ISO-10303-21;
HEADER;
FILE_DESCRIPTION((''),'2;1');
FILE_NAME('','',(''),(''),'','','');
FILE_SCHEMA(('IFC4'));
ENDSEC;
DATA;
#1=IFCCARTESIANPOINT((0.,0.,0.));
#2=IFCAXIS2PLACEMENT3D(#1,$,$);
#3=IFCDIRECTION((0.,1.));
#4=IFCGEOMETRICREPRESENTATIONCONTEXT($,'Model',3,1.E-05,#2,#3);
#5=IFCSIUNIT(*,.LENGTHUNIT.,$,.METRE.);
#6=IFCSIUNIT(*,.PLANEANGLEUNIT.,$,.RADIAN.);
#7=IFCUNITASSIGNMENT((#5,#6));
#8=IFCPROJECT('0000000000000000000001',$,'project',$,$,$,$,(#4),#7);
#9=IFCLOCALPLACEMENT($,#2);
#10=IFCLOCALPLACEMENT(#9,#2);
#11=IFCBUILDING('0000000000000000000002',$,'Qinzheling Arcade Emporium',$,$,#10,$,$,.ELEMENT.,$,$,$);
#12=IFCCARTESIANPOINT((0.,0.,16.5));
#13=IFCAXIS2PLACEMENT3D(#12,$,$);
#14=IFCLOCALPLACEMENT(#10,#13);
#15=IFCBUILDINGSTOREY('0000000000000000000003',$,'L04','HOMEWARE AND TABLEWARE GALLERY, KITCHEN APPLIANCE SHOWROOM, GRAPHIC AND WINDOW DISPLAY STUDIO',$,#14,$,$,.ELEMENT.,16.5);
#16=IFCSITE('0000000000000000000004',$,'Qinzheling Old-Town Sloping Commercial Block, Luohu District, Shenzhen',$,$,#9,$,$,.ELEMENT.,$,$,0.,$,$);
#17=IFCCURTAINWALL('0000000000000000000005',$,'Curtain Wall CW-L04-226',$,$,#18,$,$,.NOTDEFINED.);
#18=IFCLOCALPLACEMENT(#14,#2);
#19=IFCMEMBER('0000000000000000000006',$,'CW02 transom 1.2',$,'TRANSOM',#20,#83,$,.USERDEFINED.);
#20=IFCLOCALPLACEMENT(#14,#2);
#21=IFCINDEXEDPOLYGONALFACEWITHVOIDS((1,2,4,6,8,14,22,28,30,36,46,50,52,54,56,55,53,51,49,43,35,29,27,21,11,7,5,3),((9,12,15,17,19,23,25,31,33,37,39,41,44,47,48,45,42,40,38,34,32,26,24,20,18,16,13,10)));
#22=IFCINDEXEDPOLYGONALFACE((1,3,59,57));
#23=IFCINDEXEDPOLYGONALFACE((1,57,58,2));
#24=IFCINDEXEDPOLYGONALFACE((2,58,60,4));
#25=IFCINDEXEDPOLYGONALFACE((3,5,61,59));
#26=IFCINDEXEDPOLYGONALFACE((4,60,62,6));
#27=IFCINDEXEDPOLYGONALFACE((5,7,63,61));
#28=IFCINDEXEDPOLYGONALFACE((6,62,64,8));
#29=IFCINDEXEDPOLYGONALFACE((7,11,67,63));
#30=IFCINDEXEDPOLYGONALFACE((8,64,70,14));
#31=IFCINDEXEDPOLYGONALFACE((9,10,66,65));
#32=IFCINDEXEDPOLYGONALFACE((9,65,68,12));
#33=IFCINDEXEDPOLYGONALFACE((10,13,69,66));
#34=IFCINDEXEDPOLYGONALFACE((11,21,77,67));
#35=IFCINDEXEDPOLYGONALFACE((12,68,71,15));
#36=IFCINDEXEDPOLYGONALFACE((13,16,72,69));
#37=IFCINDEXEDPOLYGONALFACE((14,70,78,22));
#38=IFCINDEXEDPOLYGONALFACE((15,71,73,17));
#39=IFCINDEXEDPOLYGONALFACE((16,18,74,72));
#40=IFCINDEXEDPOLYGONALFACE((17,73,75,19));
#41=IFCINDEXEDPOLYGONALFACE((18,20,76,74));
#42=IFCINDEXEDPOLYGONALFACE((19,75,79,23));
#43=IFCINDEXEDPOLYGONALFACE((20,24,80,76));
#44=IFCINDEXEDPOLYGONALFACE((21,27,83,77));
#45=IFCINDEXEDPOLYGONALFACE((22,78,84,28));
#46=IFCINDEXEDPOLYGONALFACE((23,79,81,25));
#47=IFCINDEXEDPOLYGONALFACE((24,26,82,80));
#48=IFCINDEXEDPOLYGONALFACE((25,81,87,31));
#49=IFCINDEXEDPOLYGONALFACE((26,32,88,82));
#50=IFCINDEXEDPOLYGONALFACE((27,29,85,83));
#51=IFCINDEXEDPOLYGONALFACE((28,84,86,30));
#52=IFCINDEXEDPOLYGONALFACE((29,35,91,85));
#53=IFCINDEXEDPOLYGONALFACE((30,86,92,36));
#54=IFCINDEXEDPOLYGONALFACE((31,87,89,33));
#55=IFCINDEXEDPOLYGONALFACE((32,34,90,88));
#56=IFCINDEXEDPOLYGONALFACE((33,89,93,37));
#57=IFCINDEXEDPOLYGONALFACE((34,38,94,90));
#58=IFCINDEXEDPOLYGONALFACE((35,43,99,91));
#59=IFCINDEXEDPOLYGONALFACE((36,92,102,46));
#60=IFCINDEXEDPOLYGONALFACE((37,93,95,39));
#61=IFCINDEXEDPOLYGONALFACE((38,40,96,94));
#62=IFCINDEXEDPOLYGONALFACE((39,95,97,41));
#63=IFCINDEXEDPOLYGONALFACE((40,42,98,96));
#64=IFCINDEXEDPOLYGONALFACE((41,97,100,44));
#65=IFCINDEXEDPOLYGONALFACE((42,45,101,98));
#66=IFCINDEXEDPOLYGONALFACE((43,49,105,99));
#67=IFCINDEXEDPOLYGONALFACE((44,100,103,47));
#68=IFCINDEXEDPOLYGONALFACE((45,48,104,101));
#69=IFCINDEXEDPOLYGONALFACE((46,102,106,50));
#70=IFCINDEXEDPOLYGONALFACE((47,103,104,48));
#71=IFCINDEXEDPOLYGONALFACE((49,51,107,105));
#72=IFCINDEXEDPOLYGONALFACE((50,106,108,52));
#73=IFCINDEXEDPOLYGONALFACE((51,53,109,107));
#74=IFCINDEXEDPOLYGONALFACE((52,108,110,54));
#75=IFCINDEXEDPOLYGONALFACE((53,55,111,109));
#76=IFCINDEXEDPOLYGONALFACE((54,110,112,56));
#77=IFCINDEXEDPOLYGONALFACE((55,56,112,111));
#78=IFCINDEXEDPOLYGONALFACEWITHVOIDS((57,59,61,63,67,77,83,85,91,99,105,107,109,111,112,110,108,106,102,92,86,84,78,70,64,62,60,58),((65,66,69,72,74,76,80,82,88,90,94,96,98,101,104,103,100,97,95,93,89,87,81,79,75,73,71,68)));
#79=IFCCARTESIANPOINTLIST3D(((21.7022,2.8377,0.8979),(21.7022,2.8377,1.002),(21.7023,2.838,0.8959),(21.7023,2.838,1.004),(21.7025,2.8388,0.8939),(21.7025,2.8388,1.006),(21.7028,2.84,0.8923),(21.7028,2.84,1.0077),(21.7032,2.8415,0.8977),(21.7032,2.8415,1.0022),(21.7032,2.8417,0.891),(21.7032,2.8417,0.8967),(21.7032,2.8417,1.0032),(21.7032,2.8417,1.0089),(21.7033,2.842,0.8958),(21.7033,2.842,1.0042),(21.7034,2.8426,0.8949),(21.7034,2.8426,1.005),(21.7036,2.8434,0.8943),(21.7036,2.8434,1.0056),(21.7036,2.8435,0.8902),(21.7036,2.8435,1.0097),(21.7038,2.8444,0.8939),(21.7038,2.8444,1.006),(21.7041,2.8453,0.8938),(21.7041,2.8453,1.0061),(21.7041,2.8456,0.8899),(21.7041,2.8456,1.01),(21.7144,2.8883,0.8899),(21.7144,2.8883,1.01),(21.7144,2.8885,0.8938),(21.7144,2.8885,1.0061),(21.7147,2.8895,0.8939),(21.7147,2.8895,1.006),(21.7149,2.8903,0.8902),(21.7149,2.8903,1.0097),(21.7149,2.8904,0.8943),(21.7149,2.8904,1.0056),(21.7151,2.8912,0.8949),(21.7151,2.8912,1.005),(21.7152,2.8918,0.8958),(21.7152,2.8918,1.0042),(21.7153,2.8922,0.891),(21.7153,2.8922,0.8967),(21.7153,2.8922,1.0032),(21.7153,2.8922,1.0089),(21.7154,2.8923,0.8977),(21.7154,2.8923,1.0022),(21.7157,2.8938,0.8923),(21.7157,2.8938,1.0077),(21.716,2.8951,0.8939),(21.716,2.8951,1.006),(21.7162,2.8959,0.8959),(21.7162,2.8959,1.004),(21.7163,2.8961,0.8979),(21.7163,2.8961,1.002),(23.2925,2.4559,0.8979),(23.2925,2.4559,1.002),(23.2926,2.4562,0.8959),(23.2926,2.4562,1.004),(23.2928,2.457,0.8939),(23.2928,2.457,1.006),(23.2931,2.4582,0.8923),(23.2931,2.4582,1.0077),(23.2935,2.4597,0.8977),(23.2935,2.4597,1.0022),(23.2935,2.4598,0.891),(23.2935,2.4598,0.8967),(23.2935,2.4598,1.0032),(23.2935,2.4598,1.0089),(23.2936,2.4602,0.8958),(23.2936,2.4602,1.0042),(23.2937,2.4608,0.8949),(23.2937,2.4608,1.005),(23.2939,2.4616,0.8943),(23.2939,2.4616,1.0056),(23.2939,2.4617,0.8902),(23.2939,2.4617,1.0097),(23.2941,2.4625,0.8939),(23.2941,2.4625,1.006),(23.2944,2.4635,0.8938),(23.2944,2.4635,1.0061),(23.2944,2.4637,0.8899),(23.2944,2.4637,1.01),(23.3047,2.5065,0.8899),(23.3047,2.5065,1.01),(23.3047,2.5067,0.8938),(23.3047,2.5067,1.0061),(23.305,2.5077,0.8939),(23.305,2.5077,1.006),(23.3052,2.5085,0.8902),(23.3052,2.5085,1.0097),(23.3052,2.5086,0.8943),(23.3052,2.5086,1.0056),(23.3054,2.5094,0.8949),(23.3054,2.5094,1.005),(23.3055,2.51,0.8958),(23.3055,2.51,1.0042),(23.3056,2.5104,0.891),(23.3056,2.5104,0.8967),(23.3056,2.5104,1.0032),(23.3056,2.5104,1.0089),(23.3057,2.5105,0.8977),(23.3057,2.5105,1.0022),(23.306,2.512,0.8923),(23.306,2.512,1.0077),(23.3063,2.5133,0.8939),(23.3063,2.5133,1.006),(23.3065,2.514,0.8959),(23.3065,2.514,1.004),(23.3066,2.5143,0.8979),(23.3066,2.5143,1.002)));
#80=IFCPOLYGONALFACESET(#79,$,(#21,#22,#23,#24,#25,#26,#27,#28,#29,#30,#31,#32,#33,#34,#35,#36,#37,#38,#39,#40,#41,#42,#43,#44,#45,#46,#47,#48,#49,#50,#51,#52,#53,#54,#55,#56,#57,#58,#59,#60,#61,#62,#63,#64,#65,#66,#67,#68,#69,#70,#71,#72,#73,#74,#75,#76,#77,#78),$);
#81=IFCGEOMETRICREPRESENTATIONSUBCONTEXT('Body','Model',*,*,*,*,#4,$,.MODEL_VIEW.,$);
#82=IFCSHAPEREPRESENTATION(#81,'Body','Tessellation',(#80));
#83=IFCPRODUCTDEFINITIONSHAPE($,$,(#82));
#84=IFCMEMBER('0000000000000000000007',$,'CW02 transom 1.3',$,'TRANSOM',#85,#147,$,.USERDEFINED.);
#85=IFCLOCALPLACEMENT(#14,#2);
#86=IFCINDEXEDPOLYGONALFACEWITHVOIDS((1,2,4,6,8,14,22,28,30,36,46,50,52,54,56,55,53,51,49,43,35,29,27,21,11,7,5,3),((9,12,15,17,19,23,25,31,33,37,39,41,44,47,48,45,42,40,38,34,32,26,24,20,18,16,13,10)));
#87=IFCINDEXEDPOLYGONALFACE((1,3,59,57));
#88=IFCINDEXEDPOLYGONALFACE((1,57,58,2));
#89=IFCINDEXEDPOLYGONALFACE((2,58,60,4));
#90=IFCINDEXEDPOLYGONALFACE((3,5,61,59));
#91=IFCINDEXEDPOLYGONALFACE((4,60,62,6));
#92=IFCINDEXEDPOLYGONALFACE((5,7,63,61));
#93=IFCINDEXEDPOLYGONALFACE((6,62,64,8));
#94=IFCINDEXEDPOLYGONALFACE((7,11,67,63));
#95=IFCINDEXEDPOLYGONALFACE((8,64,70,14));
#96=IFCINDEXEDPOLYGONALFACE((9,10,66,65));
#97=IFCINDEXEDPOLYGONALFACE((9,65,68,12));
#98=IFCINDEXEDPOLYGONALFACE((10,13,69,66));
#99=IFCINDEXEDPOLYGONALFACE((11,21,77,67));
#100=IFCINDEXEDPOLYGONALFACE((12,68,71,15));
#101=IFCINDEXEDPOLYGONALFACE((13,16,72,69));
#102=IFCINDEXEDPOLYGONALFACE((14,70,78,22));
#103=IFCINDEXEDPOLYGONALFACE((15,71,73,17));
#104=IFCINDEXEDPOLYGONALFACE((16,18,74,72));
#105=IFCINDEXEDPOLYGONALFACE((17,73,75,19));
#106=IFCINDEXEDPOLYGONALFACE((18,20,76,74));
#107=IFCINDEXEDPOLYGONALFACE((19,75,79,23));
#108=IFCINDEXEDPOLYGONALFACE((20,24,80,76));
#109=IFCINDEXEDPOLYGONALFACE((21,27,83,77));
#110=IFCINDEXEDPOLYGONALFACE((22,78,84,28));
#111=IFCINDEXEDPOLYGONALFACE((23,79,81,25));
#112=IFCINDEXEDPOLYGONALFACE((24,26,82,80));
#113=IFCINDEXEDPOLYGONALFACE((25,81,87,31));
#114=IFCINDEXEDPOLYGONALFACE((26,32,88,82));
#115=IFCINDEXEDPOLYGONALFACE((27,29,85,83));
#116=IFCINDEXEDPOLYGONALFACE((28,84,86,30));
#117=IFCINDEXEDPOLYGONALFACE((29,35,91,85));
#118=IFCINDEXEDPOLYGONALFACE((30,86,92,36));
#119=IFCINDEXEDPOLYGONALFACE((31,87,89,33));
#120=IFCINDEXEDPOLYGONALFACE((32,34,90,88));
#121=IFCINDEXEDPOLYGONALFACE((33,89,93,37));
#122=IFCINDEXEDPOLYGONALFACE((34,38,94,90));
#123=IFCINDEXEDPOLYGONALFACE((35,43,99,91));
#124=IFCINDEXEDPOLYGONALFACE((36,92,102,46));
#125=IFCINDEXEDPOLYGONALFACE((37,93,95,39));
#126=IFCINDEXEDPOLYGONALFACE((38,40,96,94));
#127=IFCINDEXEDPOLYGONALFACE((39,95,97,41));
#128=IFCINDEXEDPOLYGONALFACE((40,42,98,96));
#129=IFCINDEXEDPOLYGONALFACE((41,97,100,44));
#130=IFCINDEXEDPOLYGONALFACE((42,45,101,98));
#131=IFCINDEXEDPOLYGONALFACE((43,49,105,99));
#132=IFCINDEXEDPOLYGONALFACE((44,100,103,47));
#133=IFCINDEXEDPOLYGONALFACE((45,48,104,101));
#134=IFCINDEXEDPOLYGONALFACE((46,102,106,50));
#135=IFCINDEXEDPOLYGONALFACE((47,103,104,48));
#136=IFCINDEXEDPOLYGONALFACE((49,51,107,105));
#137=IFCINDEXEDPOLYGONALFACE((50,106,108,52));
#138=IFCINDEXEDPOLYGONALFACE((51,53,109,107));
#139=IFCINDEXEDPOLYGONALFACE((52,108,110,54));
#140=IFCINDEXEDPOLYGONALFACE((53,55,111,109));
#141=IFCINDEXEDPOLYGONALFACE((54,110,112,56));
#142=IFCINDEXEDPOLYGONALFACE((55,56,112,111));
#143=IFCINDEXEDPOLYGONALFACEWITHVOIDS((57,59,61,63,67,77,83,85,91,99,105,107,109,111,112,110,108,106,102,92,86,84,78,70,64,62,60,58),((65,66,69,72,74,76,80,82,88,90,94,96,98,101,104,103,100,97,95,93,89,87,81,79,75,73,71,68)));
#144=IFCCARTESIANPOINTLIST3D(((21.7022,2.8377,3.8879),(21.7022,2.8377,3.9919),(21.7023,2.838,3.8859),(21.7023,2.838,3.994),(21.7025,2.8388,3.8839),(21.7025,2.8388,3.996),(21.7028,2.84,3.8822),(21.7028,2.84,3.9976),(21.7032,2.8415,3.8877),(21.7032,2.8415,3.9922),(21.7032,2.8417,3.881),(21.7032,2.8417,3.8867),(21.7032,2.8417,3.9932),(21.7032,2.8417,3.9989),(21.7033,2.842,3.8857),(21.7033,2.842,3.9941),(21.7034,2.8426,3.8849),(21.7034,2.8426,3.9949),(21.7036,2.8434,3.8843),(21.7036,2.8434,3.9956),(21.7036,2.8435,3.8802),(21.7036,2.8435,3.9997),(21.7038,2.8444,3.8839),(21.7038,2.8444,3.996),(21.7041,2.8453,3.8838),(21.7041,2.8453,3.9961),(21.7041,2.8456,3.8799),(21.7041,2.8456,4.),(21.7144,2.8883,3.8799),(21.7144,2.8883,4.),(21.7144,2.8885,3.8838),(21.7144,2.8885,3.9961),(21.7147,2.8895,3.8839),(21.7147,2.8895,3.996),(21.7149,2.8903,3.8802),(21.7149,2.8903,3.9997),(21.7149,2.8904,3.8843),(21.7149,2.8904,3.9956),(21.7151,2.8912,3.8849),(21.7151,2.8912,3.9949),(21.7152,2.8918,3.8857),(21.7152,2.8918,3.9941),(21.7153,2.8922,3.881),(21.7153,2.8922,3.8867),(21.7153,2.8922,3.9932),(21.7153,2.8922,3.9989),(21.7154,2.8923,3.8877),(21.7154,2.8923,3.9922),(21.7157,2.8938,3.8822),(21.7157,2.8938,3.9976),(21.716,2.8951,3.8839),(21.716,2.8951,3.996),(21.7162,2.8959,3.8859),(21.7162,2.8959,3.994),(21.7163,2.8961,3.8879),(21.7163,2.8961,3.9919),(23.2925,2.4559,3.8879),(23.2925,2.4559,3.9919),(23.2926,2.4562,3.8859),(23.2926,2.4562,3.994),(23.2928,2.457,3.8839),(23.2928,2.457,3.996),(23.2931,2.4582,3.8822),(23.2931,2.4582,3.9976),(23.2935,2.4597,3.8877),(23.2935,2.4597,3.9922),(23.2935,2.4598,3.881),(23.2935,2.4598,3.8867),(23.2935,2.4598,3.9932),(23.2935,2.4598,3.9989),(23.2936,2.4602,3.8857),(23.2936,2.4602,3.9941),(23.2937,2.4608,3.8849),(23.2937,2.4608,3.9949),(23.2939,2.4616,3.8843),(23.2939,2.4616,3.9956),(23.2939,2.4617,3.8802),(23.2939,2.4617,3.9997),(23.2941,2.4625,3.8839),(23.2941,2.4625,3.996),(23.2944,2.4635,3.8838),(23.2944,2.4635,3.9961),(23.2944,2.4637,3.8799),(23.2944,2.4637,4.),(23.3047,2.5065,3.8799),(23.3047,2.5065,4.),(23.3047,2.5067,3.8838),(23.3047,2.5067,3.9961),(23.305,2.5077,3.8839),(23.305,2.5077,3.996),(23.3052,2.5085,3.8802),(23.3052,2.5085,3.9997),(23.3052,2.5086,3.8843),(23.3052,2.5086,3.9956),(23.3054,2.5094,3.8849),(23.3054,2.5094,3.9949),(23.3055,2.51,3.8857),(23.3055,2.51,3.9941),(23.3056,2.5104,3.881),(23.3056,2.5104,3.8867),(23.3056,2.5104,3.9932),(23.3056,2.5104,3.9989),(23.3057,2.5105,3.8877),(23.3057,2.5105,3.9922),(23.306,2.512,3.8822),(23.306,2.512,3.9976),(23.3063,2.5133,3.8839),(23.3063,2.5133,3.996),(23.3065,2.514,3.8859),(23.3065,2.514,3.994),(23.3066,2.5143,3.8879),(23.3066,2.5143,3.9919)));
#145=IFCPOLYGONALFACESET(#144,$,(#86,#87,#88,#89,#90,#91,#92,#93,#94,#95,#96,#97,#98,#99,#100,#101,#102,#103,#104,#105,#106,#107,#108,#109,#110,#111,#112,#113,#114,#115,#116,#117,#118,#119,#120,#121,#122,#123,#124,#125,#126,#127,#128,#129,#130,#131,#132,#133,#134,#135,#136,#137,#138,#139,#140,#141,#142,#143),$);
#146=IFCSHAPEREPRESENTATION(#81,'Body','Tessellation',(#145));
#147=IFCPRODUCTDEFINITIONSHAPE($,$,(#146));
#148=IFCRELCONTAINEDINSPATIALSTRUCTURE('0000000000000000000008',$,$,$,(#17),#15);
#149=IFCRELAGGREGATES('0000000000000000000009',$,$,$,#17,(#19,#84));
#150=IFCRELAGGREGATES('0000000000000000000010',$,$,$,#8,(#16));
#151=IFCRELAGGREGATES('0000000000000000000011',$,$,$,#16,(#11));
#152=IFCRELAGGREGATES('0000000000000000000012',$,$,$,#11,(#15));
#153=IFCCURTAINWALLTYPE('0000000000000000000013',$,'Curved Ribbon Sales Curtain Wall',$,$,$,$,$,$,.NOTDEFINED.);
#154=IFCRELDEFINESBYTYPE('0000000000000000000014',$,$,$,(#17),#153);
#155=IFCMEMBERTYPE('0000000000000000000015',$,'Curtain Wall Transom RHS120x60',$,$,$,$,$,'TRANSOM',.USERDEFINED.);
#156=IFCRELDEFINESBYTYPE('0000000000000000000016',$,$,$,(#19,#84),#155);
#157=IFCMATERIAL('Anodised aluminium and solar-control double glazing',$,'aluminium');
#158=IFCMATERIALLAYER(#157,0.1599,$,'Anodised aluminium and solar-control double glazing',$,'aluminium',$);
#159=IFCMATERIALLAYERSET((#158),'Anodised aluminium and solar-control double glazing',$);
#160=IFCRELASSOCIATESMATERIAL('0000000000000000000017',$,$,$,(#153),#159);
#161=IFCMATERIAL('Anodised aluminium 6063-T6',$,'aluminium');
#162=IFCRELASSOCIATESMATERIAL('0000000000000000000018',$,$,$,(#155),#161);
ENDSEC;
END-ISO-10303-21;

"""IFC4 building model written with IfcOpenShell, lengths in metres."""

from ifc_helpers import new_model, si_unit, direction, frame, origin, origin_2d, place, context, subcontext, project, spatial, hollow_rectangle, extrude, material, layer, layer_set, material_profile, profile_set, type_object, element, aggregate, save


model = new_model("IFC4")

# Units and contexts
model_context = context("Model", 3, precision=1e-05, world=origin(), true_north=direction((0.0, 1.0)))
body_context = subcontext(model_context, "Body", "Model", "MODEL_VIEW")
ifc_project = project(units=[si_unit("LENGTHUNIT", "METRE"), si_unit("PLANEANGLEUNIT", "RADIAN")], contexts=[model_context])

# Site, building, storey
site_placement = place(None, origin())
site = spatial("IfcSite", under=ifc_project, at=site_placement, Name="Qinzheling Old-Town Sloping Commercial Block, Luohu District, Shenzhen", CompositionType="ELEMENT", RefElevation=0.0)
building_placement = place(site_placement, origin())
building = spatial("IfcBuilding", under=site, at=building_placement, Name="Qinzheling Arcade Emporium", CompositionType="ELEMENT")
storey_placement = place(building_placement, frame((0.0, 0.0, 16.5)))
storey = spatial("IfcBuildingStorey", under=building, at=storey_placement, Name="L04", Description="HOMEWARE AND TABLEWARE GALLERY, KITCHEN APPLIANCE SHOWROOM, GRAPHIC AND WINDOW DISPLAY STUDIO", CompositionType="ELEMENT", Elevation=16.5)

# Curtain wall
ifc_material_1 = material(Name="Anodised aluminium and solar-control double glazing", Category="aluminium")
ifc_layer_1 = layer(ifc_material_1, 0.1599, Name="Anodised aluminium and solar-control double glazing", Category="aluminium")
ifc_layer_set_1 = layer_set([ifc_layer_1], Name="Anodised aluminium and solar-control double glazing")
curtain_wall_type = type_object("IfcCurtainWallType", Name="Curved Ribbon Sales Curtain Wall", PredefinedType="NOTDEFINED", material=ifc_layer_set_1)
ifc_material_2 = material(Name="Anodised aluminium 6063-T6", Category="aluminium")
curtain_wall_1_placement = place(storey_placement, origin())
curtain_wall_1 = element("IfcCurtainWall", 1, at=curtain_wall_1_placement, inside=storey, type_object=curtain_wall_type, Name="Curtain Wall CW-L04-226", PredefinedType="NOTDEFINED")

# Members
ifc_material_profile_1 = material_profile(ifc_material_2, hollow_rectangle(XDim=0.0601, YDim=0.1201, WallThickness=0.0039, InnerFilletRadius=0.0039, OuterFilletRadius=0.0081, at=origin_2d()), Name="RHS 120x60x4", Category="aluminium")
ifc_profile_set_1 = profile_set([ifc_material_profile_1], Name="Anodised aluminium 6063-T6")
member_type_1 = type_object("IfcMemberType", Name="Curtain Wall Transom RHS120x60", ElementType="TRANSOM", PredefinedType="USERDEFINED", material=ifc_profile_set_1)
member_1_placement = place(storey_placement, frame((23.2996, 2.4851, 0.95), z_axis=(-0.972366, 0.233463, 0.0), x_axis=(-0.233463, -0.972366, 0.0)))
member_1 = element("IfcMember", 2, at=member_1_placement, type_object=member_type_1, Name="CW02 transom 1.2", ObjectType="TRANSOM", PredefinedType="USERDEFINED", context=body_context, shape_type="SweptSolid", body=[
    extrude(hollow_rectangle(XDim=0.0601, YDim=0.1201, WallThickness=0.0039, InnerFilletRadius=0.0039, OuterFilletRadius=0.0081, at=origin_2d()), origin(), (0.0, 0.0, 1.0), 1.6355),
])
member_2_placement = place(storey_placement, frame((23.2996, 2.4851, 3.9399), z_axis=(-0.972366, 0.233463, 0.0), x_axis=(-0.233463, -0.972366, 0.0)))
member_2 = element("IfcMember", 3, at=member_2_placement, type_object=member_type_1, Name="CW02 transom 1.3", ObjectType="TRANSOM", PredefinedType="USERDEFINED", context=body_context, shape_type="SweptSolid", body=[
    extrude(hollow_rectangle(XDim=0.0601, YDim=0.1201, WallThickness=0.0039, InnerFilletRadius=0.0039, OuterFilletRadius=0.0081, at=origin_2d()), origin(), (0.0, 0.0, 1.0), 1.6355),
])

aggregate(curtain_wall_1, [member_1, member_2])

save(model, "model.ifc")
